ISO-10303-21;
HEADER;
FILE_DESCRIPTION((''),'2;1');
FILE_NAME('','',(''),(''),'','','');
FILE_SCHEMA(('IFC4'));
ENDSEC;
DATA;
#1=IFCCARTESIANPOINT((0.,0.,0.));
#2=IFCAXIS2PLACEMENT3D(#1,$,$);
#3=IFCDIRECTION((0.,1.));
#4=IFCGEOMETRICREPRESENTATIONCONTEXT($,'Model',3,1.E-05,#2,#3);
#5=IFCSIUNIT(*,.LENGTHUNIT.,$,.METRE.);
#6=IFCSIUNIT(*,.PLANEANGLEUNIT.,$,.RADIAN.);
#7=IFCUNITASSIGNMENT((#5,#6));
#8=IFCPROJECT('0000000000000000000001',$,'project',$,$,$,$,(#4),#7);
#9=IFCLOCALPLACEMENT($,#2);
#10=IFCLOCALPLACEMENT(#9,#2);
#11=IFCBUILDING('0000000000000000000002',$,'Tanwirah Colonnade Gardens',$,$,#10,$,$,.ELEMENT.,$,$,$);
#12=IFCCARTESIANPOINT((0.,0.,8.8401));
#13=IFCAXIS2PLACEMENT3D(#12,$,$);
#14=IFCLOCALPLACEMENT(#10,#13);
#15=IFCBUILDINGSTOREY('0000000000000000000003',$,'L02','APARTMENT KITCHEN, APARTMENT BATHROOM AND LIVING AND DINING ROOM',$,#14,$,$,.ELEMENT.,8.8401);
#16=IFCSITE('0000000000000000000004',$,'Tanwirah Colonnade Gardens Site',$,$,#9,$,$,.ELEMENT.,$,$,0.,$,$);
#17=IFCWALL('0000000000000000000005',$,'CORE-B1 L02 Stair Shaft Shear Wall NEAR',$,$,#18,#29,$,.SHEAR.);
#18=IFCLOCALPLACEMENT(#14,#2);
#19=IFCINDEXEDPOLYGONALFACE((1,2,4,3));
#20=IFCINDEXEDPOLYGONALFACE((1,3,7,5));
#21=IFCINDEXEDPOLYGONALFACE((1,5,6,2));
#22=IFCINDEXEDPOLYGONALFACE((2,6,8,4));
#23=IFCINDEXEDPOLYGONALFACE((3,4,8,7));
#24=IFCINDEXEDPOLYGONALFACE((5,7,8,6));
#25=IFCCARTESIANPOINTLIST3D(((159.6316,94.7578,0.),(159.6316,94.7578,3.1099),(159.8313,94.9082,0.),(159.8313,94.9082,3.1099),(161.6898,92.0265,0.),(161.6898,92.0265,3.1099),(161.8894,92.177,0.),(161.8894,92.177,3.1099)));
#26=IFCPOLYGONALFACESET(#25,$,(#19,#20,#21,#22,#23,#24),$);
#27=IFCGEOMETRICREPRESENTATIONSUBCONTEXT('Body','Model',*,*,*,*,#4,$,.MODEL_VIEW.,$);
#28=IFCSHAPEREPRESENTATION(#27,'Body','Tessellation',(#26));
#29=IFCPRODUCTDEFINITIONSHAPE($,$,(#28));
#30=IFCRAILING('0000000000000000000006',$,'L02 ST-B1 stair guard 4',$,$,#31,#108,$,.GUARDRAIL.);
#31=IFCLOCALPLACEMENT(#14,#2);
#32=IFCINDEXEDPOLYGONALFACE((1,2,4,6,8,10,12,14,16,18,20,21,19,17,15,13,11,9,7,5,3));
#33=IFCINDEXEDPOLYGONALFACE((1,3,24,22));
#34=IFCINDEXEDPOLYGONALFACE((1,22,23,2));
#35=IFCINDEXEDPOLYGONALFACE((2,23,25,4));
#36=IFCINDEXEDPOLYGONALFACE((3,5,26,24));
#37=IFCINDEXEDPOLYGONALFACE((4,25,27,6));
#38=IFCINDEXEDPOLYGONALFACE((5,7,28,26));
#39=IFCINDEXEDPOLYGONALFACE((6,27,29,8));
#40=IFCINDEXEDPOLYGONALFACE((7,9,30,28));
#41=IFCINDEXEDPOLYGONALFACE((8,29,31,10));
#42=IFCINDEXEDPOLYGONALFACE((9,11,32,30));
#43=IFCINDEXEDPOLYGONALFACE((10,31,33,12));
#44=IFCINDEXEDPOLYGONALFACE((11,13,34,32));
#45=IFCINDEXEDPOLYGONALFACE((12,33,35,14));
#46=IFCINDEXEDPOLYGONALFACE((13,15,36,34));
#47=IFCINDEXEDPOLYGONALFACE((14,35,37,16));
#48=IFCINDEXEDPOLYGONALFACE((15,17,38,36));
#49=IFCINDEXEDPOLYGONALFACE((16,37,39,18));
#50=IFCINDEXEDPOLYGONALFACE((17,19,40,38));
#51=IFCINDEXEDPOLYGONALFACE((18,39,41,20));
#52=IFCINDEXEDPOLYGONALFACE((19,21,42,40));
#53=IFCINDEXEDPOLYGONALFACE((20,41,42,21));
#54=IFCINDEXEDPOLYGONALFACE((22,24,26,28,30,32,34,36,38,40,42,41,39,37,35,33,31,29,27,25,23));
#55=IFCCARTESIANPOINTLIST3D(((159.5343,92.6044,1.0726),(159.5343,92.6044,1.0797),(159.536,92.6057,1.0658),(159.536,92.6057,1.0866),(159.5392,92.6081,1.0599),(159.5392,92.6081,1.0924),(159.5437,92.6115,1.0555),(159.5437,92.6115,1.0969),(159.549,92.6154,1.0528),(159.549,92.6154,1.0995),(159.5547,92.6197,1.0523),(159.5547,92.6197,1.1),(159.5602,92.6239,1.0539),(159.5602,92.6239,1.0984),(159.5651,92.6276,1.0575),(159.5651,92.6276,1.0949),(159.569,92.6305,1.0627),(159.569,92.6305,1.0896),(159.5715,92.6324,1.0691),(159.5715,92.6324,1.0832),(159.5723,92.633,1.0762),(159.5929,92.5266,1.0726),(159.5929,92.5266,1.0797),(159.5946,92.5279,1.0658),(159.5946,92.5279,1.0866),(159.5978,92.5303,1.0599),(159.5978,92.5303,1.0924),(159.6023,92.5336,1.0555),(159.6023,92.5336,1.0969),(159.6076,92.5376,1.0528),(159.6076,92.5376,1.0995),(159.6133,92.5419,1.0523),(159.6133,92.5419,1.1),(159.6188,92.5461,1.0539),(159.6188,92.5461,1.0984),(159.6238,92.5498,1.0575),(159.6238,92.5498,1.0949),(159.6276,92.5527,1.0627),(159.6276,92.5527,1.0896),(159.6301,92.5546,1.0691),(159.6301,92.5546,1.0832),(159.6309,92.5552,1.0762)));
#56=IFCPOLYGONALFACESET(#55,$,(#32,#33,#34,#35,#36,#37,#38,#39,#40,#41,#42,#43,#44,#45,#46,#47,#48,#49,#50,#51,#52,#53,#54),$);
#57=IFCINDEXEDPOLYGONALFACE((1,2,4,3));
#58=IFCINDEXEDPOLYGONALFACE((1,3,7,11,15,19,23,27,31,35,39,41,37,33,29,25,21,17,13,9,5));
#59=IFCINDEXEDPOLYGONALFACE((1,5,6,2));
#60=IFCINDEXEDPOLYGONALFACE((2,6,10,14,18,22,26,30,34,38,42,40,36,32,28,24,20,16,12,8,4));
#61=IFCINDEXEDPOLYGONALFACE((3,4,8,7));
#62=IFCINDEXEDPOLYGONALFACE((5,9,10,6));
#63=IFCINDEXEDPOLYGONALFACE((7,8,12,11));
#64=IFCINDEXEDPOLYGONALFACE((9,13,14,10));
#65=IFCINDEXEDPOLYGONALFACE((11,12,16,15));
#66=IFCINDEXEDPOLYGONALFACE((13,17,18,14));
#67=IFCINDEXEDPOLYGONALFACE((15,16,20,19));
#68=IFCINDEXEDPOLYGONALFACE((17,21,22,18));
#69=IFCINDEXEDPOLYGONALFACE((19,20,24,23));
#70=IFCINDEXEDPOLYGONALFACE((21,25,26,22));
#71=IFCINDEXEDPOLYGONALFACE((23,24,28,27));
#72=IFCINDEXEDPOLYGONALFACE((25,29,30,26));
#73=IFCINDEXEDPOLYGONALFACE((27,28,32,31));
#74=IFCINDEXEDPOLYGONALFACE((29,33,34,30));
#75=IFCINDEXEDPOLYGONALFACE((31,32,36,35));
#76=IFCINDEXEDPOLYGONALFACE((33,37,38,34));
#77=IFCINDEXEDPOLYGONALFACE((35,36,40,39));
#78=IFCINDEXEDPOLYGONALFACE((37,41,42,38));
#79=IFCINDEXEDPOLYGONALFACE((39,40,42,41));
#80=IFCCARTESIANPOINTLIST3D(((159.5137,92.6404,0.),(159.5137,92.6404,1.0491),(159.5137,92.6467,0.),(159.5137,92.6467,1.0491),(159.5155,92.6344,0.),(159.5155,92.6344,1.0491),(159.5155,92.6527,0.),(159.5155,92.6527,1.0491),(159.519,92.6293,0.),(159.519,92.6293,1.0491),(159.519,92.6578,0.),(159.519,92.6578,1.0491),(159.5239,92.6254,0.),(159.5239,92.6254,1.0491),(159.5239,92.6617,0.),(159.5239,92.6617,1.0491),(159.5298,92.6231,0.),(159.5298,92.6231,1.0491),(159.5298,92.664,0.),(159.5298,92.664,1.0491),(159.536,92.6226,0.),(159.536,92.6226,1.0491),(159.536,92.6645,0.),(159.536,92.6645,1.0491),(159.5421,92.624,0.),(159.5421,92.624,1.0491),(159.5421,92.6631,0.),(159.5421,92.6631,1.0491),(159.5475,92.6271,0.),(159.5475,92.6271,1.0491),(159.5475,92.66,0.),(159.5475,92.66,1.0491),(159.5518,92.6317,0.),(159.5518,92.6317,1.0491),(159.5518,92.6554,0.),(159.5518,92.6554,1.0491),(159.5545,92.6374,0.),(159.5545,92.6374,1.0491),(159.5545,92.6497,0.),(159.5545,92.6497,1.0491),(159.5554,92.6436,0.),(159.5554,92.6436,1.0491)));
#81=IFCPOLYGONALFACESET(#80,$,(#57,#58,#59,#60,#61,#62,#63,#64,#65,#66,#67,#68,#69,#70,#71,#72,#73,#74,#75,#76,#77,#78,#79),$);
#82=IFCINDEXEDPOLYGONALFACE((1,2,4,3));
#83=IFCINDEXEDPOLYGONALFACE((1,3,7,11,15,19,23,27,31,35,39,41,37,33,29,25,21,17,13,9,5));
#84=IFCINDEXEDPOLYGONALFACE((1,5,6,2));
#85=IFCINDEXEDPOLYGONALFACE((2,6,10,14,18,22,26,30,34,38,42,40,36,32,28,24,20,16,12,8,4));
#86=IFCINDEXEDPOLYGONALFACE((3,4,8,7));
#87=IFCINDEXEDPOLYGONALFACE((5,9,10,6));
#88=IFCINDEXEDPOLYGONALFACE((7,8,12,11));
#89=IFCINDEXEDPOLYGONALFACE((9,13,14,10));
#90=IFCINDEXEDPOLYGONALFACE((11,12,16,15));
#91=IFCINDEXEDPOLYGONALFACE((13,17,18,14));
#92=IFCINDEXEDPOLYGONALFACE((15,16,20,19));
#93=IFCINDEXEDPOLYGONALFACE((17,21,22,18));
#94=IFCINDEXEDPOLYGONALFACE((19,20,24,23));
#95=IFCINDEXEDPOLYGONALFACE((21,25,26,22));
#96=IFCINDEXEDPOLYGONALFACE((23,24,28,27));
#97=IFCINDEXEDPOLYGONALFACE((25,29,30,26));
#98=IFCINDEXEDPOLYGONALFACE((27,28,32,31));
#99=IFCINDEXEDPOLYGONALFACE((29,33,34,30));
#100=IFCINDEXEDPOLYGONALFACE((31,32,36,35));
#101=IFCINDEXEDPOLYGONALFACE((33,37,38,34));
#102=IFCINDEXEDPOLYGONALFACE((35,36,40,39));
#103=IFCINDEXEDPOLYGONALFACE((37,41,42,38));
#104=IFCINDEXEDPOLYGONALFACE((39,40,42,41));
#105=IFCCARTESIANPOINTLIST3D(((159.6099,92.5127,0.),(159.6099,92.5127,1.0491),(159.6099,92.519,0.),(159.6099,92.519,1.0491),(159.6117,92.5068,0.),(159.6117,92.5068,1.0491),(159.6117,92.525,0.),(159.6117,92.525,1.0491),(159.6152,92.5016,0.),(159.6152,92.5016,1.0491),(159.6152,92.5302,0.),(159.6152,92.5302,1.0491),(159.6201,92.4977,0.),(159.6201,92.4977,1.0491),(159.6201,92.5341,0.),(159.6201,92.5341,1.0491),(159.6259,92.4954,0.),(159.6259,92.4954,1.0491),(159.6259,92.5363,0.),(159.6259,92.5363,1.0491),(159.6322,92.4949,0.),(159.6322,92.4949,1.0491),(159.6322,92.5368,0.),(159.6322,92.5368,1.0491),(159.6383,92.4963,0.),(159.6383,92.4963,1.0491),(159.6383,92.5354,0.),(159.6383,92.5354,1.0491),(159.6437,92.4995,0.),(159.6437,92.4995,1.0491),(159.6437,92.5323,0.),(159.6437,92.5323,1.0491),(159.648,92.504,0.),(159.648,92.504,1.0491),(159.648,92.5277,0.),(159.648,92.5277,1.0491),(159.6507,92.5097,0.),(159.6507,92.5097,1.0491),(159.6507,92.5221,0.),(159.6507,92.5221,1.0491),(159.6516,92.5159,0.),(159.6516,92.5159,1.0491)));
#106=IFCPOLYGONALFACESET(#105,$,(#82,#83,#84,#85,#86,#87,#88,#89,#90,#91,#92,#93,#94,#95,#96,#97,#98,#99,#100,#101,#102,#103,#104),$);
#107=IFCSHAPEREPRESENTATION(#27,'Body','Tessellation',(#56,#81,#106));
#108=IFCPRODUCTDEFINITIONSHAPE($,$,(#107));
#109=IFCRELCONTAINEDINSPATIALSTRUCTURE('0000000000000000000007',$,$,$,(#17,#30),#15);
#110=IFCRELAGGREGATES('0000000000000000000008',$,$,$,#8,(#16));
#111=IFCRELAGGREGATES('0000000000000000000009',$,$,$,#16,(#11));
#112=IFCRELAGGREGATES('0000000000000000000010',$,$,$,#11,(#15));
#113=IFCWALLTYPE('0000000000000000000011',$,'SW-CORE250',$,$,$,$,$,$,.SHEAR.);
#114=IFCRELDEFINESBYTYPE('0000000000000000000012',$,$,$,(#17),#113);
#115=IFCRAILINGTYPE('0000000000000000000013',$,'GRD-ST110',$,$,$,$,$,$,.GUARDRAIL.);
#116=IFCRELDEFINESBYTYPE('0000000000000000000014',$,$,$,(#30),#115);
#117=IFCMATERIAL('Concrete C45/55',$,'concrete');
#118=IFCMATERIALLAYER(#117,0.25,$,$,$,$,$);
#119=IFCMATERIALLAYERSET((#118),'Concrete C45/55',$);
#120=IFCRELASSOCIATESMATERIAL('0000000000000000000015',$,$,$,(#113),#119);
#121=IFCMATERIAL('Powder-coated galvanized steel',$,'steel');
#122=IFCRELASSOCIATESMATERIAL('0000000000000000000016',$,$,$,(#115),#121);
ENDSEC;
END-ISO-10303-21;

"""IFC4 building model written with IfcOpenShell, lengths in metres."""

from ifc_helpers import new_model, si_unit, direction, frame, frame_2d, origin, origin_2d, place, context, subcontext, project, spatial, rectangle, circle, extrude, material, layer, layer_set, type_object, element, save


model = new_model("IFC4")

# Units and contexts
model_context = context("Model", 3, precision=1e-05, world=origin(), true_north=direction((0.0, 1.0)))
body_context = subcontext(model_context, "Body", "Model", "MODEL_VIEW")
ifc_project = project(units=[si_unit("LENGTHUNIT", "METRE"), si_unit("PLANEANGLEUNIT", "RADIAN")], contexts=[model_context])

# Site, building, storey
site_placement = place(None, origin())
site = spatial("IfcSite", under=ifc_project, at=site_placement, Name="Tanwirah Colonnade Gardens Site", CompositionType="ELEMENT", RefElevation=0.0)
building_placement = place(site_placement, origin())
building = spatial("IfcBuilding", under=site, at=building_placement, Name="Tanwirah Colonnade Gardens", CompositionType="ELEMENT")
storey_placement = place(building_placement, frame((0.0, 0.0, 8.8401)))
storey = spatial("IfcBuildingStorey", under=building, at=storey_placement, Name="L02", Description="APARTMENT KITCHEN, APARTMENT BATHROOM AND LIVING AND DINING ROOM", CompositionType="ELEMENT", Elevation=8.8401)

# Wall
ifc_material_1 = material(Name="Concrete C45/55", Category="concrete")
ifc_layer_1 = layer(ifc_material_1, 0.25)
ifc_layer_set_1 = layer_set([ifc_layer_1], Name="Concrete C45/55")
wall_type_1 = type_object("IfcWallType", Name="SW-CORE250", PredefinedType="SHEAR", material=ifc_layer_set_1)
wall_1_placement = place(storey_placement, frame((159.7314, 94.833, 0.0), z_axis=(0.0, 0.0, 1.0), x_axis=(0.601815, -0.798636, 0.0)))
element("IfcWall", 1, at=wall_1_placement, inside=storey, type_object=wall_type_1, Name="CORE-B1 L02 Stair Shaft Shear Wall NEAR", PredefinedType="SHEAR", context=body_context, shape_type="SweptSolid", body=[
    extrude(rectangle(XDim=3.4199, YDim=0.25, at=frame_2d((1.71, 0.0))), origin(), (0.0, 0.0, 1.0), 3.1099),
])

# Railing
ifc_material_2 = material(Name="Powder-coated galvanized steel", Category="steel")
railing_type_1 = type_object("IfcRailingType", Name="GRD-ST110", PredefinedType="GUARDRAIL", material=ifc_material_2)
railing_1_placement = place(storey_placement, frame((159.5344, 92.6436, 0.0)))
element("IfcRailing", 2, at=railing_1_placement, inside=storey, type_object=railing_type_1, Name="L02 ST-B1 stair guard 4", PredefinedType="GUARDRAIL", context=body_context, shape_type="SweptSolid", body=[
    extrude(circle(Radius=0.0239, at=origin_2d()), frame((0.0188, -0.0249, 1.0762), z_axis=(0.601709, -0.798715, 0.0), x_axis=(0.798715, 0.601709, 0.0)), (0.0, 0.0, 1.0), 0.0974),
    extrude(circle(Radius=0.021, at=origin_2d()), origin(), (0.0, 0.0, 1.0), 1.0491),
    extrude(circle(Radius=0.021, at=origin_2d()), frame((0.0962, -0.1277, 0.0)), (0.0, 0.0, 1.0), 1.0491),
])

save(model, "model.ifc")
